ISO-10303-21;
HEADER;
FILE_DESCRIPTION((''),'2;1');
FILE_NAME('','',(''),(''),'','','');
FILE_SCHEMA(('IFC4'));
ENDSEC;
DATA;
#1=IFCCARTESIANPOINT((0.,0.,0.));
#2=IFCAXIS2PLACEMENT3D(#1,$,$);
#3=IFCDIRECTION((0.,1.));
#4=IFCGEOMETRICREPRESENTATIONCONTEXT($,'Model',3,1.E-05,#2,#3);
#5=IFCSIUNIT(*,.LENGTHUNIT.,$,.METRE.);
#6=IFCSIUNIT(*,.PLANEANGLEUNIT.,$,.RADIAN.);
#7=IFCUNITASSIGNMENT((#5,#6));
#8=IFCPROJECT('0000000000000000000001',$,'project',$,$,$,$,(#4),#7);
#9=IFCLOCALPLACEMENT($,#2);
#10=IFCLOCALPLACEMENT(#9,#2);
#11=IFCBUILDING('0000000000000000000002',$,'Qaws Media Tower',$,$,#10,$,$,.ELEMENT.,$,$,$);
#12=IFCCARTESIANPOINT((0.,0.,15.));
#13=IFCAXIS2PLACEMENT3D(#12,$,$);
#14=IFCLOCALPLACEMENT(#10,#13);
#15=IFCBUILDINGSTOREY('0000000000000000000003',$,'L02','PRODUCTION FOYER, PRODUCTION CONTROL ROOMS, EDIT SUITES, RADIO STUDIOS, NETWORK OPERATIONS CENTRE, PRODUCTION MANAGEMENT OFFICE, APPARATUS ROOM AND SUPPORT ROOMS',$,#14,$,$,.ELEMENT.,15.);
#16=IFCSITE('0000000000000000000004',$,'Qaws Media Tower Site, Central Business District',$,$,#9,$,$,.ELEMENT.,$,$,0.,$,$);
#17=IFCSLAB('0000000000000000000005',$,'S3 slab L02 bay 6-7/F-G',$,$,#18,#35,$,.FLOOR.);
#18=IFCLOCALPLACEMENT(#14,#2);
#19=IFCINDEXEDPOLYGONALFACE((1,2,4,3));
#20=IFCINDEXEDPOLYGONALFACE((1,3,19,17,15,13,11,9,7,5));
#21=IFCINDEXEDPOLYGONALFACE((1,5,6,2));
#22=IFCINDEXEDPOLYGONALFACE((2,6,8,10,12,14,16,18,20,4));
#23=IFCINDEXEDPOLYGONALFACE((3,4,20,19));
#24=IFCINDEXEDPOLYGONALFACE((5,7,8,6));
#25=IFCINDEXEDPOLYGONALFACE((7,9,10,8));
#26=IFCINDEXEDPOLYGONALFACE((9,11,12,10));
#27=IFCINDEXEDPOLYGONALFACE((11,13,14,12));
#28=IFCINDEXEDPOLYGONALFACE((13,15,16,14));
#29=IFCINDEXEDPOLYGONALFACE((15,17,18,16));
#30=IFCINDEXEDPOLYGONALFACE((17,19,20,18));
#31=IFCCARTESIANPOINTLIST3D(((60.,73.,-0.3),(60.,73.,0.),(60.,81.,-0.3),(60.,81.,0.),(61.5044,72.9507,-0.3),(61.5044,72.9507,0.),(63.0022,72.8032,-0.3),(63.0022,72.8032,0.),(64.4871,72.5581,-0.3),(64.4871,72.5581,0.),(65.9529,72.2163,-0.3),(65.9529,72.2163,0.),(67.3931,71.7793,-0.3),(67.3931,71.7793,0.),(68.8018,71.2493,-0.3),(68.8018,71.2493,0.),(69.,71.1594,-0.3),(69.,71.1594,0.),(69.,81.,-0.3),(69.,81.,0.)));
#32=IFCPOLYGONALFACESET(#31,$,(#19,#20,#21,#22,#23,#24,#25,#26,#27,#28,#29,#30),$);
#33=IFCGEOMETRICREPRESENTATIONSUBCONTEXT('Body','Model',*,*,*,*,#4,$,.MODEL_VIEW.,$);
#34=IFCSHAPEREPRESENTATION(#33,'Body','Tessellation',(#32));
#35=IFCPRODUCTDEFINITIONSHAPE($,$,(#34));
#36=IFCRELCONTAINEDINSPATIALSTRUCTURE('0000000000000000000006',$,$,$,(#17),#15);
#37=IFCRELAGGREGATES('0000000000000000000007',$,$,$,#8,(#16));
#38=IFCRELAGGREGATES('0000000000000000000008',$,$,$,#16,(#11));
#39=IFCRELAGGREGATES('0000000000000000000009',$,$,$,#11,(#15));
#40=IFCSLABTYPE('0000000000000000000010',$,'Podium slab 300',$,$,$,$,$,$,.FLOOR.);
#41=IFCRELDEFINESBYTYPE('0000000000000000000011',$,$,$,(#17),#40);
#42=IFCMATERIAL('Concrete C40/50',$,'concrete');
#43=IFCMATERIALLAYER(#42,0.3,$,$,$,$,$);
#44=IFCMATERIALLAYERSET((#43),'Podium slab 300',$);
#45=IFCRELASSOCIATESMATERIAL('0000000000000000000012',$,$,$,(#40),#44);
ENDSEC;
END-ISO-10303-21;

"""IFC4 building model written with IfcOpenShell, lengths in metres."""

from ifc_helpers import new_model, si_unit, direction, frame, origin, place, context, subcontext, project, spatial, polyline, outline, extrude, material, layer, layer_set, type_object, element, save


model = new_model("IFC4")

# Units and contexts
model_context = context("Model", 3, precision=1e-05, world=origin(), true_north=direction((0.0, 1.0)))
body_context = subcontext(model_context, "Body", "Model", "MODEL_VIEW")
ifc_project = project(units=[si_unit("LENGTHUNIT", "METRE"), si_unit("PLANEANGLEUNIT", "RADIAN")], contexts=[model_context])

# Site, building, storey
site_placement = place(None, origin())
site = spatial("IfcSite", under=ifc_project, at=site_placement, Name="Qaws Media Tower Site, Central Business District", CompositionType="ELEMENT", RefElevation=0.0)
building_placement = place(site_placement, origin())
building = spatial("IfcBuilding", under=site, at=building_placement, Name="Qaws Media Tower", CompositionType="ELEMENT")
storey_placement = place(building_placement, frame((0.0, 0.0, 15.0)))
storey = spatial("IfcBuildingStorey", under=building, at=storey_placement, Name="L02", Description="PRODUCTION FOYER, PRODUCTION CONTROL ROOMS, EDIT SUITES, RADIO STUDIOS, NETWORK OPERATIONS CENTRE, PRODUCTION MANAGEMENT OFFICE, APPARATUS ROOM AND SUPPORT ROOMS", CompositionType="ELEMENT", Elevation=15.0)

# Slab
ifc_material = material(Name="Concrete C40/50", Category="concrete")
ifc_layer = layer(ifc_material, 0.3)
ifc_layer_set = layer_set([ifc_layer], Name="Podium slab 300")
slab_type = type_object("IfcSlabType", Name="Podium slab 300", PredefinedType="FLOOR", material=ifc_layer_set)
slab_1_placement = place(storey_placement, frame((0.0, 0.0, -0.3)))
element("IfcSlab", 1, at=slab_1_placement, inside=storey, type_object=slab_type, Name="S3 slab L02 bay 6-7/F-G", PredefinedType="FLOOR", context=body_context, shape_type="SweptSolid", body=[
    extrude(outline(polyline([(69.0, 81.0), (69.0, 71.1594), (68.8018, 71.2493), (67.3931, 71.7793), (65.9529, 72.2163), (64.4871, 72.5581), (63.0022, 72.8032), (61.5044, 72.9507), (60.0, 73.0), (60.0, 81.0), (69.0, 81.0)])), origin(), (0.0, 0.0, 1.0), 0.3),
])

save(model, "model.ifc")
